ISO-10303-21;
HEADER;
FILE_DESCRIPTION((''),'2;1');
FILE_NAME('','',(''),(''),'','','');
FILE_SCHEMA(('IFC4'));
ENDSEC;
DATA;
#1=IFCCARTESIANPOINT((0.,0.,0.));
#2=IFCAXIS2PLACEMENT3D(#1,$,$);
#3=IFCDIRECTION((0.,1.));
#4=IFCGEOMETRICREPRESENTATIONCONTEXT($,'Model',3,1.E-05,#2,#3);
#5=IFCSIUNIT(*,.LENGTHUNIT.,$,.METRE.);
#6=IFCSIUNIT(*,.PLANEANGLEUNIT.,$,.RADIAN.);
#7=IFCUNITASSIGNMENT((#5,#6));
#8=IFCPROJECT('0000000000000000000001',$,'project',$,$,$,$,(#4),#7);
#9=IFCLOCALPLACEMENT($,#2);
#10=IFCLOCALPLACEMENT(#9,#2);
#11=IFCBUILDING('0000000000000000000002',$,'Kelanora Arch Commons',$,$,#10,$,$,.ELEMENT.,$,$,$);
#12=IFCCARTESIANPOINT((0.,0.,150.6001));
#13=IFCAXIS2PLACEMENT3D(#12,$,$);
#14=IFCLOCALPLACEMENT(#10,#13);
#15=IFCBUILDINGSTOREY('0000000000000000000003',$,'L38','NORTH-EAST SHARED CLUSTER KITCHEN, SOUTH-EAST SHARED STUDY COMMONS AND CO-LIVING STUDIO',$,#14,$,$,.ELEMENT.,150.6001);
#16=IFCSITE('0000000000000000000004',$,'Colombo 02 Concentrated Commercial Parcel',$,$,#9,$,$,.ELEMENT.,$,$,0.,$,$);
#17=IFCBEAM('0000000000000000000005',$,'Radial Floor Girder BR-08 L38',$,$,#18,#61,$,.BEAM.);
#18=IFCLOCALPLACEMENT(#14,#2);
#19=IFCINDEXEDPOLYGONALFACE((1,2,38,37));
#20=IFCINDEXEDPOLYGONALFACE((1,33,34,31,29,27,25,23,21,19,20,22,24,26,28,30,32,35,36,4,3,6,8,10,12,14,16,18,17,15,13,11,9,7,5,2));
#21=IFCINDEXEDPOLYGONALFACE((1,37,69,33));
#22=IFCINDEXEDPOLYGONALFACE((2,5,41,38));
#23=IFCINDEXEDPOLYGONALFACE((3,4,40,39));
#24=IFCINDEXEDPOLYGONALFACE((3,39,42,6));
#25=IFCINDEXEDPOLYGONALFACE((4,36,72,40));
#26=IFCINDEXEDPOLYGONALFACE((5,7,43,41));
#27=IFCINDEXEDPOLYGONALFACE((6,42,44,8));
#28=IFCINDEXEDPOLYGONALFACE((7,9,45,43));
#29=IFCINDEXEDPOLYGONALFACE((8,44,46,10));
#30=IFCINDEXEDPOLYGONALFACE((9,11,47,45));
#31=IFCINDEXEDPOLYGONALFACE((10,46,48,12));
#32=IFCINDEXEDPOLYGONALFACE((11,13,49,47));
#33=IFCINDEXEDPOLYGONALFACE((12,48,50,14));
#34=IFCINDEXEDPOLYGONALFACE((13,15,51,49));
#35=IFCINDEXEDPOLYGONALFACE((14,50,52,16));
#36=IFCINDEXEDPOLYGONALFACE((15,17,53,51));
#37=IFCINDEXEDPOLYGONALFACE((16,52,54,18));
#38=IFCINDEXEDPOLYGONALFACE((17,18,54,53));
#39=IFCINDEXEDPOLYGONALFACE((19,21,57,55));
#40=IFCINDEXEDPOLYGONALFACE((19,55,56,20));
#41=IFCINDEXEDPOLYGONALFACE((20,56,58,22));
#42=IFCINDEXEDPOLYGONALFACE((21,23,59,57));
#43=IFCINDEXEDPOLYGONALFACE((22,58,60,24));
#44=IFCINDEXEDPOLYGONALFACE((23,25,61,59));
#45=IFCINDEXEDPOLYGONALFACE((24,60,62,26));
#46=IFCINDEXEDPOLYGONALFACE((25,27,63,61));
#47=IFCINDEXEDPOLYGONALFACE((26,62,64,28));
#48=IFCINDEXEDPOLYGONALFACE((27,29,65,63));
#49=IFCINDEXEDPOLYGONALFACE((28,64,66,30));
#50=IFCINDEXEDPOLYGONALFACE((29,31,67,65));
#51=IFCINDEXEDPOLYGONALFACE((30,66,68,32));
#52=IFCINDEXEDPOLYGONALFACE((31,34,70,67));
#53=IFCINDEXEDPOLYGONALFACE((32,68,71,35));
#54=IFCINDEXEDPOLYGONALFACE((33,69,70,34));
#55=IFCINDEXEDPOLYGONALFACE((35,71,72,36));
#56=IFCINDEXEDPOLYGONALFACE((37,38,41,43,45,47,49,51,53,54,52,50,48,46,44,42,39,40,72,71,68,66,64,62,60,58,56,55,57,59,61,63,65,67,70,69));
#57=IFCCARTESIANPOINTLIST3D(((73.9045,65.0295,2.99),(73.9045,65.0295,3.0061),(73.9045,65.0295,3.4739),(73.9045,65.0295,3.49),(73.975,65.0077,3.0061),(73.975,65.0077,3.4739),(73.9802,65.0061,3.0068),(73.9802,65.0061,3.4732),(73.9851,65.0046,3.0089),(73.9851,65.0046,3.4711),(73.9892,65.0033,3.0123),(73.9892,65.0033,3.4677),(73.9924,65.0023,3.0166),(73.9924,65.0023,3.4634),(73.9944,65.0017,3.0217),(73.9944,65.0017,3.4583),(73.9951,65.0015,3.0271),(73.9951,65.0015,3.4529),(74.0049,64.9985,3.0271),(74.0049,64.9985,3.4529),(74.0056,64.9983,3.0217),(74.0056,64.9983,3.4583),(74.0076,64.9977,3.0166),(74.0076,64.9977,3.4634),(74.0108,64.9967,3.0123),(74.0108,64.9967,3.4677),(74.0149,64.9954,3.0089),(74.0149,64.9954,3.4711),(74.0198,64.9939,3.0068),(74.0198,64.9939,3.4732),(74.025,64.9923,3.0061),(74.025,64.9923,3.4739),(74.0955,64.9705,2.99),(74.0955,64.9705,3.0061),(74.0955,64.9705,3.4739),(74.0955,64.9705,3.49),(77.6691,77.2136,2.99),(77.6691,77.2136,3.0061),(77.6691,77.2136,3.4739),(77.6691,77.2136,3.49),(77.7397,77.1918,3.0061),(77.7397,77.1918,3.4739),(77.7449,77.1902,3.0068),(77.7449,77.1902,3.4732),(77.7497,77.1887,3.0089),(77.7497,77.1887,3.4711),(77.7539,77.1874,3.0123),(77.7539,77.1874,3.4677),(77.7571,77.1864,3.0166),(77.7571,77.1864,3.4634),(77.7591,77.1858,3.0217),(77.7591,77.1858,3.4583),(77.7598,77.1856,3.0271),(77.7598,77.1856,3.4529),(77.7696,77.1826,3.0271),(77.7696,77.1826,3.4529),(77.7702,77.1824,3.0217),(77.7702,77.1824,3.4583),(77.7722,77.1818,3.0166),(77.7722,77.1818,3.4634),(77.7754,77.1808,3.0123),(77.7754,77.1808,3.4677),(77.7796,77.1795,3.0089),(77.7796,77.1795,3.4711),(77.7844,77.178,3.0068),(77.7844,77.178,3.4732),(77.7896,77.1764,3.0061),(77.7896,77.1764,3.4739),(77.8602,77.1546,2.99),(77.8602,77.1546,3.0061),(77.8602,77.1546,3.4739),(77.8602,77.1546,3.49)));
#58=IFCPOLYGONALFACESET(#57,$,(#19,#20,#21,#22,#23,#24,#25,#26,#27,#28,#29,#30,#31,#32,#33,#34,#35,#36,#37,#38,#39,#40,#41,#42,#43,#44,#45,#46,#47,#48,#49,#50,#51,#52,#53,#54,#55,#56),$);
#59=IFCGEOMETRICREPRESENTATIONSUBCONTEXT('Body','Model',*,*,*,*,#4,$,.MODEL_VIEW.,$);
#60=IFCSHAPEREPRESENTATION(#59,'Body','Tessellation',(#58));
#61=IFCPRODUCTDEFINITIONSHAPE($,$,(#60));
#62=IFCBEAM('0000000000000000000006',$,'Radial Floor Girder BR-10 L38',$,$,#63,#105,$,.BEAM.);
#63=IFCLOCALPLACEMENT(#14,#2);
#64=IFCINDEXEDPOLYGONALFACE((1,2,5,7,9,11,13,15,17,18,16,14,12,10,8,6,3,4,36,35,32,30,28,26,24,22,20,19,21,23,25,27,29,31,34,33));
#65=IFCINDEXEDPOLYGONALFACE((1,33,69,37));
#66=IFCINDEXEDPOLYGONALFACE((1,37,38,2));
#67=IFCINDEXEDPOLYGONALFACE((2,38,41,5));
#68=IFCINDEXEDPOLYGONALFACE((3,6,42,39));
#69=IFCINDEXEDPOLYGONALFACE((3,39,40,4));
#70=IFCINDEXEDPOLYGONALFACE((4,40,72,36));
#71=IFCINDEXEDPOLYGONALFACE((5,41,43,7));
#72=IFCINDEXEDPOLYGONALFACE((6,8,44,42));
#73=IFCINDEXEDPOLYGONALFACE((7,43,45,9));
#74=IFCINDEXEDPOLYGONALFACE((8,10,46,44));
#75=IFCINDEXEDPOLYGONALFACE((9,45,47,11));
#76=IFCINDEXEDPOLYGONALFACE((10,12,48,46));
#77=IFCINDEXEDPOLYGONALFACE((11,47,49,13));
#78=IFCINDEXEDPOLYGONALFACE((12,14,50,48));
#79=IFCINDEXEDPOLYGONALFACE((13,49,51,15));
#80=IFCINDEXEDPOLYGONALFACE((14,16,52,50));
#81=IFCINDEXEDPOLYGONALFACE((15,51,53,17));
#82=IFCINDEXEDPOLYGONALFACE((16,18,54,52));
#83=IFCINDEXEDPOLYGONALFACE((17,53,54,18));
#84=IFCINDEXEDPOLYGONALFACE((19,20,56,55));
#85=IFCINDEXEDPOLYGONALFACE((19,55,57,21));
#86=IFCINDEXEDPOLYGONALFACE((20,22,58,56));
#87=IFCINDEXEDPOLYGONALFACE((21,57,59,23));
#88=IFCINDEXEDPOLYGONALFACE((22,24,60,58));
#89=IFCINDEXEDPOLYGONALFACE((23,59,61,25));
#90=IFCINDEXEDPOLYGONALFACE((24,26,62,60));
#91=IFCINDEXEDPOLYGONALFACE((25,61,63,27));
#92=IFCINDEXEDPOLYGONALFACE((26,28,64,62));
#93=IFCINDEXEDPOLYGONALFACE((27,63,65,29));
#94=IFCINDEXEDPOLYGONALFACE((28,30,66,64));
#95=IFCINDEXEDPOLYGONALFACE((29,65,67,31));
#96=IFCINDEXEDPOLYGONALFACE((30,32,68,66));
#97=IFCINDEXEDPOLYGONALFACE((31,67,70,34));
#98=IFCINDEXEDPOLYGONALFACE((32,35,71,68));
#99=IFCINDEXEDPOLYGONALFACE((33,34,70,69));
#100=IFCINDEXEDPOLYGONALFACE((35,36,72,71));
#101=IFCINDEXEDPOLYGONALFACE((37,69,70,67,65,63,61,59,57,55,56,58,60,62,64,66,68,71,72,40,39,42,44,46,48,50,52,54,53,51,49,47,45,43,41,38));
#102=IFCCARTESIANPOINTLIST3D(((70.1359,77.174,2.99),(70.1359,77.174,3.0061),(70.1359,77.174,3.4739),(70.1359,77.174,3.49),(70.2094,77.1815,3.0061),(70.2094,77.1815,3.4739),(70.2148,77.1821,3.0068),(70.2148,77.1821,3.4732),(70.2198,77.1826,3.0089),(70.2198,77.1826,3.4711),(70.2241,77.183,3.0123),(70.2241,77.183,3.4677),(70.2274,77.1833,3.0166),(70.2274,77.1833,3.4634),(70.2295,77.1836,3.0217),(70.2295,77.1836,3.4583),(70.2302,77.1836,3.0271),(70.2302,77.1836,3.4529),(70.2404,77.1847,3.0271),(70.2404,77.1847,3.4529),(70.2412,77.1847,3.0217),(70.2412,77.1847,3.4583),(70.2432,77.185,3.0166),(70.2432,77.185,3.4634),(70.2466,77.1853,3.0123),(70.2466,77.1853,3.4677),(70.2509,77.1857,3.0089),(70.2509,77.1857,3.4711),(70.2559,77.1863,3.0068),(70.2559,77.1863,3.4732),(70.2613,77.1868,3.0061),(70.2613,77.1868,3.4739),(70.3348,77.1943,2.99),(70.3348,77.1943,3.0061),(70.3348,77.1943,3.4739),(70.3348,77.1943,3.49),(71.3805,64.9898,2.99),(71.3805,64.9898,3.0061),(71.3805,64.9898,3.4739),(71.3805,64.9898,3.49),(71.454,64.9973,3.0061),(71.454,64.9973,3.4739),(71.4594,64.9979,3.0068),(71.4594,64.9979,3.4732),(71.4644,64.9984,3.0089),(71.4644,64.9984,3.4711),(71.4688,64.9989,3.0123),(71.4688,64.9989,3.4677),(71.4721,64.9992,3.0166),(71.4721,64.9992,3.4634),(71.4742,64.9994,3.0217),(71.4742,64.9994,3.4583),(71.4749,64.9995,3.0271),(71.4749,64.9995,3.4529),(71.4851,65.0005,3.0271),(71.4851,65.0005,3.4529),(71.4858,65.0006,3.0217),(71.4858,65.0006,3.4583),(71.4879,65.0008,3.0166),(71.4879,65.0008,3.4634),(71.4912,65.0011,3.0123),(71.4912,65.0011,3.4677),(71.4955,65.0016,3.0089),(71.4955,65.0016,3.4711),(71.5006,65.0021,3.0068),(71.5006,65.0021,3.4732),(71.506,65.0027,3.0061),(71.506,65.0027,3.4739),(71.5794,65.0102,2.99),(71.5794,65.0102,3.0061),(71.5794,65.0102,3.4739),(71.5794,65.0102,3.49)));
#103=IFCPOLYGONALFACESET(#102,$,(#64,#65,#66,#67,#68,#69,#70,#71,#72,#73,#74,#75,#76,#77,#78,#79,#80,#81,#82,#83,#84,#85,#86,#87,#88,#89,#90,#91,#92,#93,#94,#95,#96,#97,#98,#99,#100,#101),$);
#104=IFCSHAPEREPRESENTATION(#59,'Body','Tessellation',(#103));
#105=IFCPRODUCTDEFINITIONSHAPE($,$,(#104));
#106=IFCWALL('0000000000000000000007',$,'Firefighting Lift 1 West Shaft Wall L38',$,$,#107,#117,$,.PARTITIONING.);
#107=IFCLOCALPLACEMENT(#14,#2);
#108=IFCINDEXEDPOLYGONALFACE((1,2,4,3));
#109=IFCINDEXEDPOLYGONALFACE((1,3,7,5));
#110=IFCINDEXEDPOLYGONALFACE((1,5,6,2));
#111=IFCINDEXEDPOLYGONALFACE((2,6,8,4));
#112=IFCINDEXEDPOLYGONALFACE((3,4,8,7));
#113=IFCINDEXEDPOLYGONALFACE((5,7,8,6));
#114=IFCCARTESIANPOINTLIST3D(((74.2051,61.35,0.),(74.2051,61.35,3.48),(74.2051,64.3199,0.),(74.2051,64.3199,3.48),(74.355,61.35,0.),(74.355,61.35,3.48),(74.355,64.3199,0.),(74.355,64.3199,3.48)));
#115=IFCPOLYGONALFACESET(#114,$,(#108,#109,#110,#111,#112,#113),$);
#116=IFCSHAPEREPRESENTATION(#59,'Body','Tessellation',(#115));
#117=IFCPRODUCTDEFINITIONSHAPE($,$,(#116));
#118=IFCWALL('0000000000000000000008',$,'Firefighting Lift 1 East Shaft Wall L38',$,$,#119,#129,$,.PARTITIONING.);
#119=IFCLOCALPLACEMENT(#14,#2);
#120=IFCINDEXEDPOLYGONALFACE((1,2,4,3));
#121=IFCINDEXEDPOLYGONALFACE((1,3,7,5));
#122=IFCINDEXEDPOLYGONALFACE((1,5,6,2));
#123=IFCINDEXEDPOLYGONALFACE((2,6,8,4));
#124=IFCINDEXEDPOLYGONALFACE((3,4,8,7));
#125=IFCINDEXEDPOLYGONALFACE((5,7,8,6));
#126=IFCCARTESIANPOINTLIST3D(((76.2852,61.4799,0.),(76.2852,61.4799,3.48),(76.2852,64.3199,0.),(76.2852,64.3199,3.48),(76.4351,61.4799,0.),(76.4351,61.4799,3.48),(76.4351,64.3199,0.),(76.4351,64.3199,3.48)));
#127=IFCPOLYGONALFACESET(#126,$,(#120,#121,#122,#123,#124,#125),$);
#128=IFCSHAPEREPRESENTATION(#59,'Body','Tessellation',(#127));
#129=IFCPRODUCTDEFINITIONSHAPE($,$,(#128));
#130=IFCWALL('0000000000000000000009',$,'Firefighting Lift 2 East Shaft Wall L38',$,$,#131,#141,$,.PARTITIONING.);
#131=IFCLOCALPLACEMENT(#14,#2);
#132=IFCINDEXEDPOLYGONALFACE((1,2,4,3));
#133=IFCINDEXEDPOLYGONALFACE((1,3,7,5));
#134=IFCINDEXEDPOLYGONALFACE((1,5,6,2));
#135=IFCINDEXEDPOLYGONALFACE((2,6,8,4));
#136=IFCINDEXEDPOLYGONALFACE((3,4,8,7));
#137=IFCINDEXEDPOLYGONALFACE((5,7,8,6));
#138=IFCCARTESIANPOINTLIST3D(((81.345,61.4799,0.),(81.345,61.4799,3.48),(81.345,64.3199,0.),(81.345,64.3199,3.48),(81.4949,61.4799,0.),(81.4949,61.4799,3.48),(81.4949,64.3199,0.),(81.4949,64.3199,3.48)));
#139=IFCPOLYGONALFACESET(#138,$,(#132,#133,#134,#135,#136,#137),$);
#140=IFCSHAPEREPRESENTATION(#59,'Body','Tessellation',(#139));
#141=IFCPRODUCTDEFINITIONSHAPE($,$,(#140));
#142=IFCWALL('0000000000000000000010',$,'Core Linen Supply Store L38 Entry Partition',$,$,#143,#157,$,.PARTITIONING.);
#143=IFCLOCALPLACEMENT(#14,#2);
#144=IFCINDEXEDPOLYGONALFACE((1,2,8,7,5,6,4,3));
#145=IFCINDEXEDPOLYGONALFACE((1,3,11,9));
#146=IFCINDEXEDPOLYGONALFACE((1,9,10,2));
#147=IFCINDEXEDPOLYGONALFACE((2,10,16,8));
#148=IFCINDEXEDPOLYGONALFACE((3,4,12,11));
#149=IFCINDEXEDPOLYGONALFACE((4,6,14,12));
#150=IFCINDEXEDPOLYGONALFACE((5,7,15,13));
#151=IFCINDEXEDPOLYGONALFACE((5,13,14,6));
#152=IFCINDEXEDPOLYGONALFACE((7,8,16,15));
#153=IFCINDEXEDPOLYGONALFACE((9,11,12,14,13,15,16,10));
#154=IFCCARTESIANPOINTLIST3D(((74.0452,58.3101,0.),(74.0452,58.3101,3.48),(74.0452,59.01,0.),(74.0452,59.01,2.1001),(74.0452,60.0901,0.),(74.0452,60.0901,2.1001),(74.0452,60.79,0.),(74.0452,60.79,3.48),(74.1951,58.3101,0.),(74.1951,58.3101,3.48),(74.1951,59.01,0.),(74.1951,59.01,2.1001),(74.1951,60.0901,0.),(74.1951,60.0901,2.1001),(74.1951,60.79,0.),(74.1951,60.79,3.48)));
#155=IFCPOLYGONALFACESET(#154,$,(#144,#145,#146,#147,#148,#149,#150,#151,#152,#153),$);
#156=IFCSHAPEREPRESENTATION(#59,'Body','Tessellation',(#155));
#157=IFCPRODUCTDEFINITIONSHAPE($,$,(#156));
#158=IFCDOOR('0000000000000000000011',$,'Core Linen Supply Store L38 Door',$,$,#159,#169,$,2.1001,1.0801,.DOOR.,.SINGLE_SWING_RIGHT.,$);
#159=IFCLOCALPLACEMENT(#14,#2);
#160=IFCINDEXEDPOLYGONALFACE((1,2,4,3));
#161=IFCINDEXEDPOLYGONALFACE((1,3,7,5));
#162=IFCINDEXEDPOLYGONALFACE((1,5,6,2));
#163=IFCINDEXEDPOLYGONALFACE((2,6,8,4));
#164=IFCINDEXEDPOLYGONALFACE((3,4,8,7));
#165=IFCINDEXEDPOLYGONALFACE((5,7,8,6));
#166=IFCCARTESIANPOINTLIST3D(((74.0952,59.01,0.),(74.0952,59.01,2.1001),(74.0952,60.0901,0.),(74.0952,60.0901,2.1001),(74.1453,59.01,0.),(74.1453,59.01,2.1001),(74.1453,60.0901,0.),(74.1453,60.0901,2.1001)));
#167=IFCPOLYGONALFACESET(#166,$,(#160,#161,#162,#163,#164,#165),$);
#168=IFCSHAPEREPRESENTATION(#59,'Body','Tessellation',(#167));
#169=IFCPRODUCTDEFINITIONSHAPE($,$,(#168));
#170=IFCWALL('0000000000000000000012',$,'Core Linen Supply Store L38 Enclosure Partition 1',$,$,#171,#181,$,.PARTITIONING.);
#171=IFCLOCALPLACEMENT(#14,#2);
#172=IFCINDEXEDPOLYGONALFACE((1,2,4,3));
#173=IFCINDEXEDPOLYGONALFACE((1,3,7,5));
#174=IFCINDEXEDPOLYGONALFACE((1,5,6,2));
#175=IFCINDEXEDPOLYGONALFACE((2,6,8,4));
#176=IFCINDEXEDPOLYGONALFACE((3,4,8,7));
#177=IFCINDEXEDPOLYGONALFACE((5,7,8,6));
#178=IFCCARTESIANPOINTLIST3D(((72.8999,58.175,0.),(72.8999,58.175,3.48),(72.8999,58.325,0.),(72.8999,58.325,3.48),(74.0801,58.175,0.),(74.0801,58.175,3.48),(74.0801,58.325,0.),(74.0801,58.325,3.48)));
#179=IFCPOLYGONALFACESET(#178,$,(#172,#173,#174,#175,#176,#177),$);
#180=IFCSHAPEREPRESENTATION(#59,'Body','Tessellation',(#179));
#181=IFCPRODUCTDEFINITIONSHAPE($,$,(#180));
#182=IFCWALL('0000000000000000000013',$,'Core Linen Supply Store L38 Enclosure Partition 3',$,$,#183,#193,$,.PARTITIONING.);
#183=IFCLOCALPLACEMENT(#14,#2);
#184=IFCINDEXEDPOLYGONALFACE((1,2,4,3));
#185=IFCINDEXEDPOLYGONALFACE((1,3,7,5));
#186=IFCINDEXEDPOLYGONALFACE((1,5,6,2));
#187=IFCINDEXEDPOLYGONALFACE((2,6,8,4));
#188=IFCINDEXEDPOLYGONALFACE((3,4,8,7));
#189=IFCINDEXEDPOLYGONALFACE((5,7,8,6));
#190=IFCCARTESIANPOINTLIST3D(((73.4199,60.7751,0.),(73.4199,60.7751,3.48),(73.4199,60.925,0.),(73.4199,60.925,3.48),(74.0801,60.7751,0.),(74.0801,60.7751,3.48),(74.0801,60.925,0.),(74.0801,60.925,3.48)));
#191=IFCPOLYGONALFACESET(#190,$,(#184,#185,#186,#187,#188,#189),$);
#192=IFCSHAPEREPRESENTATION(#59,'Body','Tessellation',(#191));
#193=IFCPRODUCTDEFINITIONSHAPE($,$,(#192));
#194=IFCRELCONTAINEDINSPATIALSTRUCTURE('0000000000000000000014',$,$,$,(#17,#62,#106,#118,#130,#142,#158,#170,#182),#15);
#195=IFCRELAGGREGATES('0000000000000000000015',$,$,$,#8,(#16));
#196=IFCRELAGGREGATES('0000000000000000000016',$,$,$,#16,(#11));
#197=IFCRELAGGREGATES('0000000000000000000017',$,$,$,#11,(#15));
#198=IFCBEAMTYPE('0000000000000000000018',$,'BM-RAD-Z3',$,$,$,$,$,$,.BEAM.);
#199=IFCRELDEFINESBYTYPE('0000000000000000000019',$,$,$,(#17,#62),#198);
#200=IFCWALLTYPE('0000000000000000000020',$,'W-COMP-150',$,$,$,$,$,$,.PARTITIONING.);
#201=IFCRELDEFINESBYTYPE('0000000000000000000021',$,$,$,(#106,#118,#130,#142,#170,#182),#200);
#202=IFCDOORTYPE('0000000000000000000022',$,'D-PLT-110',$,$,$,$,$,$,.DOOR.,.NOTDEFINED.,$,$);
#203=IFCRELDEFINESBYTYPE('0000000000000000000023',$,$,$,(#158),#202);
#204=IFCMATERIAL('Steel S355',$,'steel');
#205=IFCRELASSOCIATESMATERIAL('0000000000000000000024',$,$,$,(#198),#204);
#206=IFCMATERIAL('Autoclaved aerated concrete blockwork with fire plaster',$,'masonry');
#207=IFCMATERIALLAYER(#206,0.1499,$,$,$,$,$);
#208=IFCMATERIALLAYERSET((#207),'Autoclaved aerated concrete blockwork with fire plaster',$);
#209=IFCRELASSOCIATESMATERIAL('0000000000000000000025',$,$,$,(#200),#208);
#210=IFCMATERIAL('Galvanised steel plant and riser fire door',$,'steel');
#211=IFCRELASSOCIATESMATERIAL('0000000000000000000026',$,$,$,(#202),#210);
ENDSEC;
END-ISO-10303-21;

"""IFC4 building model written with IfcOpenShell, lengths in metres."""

from ifc_helpers import new_model, si_unit, direction, frame, frame_2d, origin, origin_2d, place, context, subcontext, project, spatial, rectangle, i_section, extrude, material, layer, layer_set, material_profile, profile_set, type_object, element, fill, save


model = new_model("IFC4")

# Units and contexts
model_context = context("Model", 3, precision=1e-05, world=origin(), true_north=direction((0.0, 1.0)))
body_context = subcontext(model_context, "Body", "Model", "MODEL_VIEW")
ifc_project = project(units=[si_unit("LENGTHUNIT", "METRE"), si_unit("PLANEANGLEUNIT", "RADIAN")], contexts=[model_context])

# Site, building, storey
site_placement = place(None, origin())
site = spatial("IfcSite", under=ifc_project, at=site_placement, Name="Colombo 02 Concentrated Commercial Parcel", CompositionType="ELEMENT", RefElevation=0.0)
building_placement = place(site_placement, origin())
building = spatial("IfcBuilding", under=site, at=building_placement, Name="Kelanora Arch Commons", CompositionType="ELEMENT")
storey_placement = place(building_placement, frame((0.0, 0.0, 150.6001)))
storey = spatial("IfcBuildingStorey", under=building, at=storey_placement, Name="L38", Description="NORTH-EAST SHARED CLUSTER KITCHEN, SOUTH-EAST SHARED STUDY COMMONS AND CO-LIVING STUDIO", CompositionType="ELEMENT", Elevation=150.6001)

# Beams
ifc_material_1 = material(Name="Steel S355", Category="steel")
ifc_material_profile_1 = material_profile(ifc_material_1, i_section(OverallWidth=0.2, OverallDepth=0.5, WebThickness=0.0103, FlangeThickness=0.0161, FilletRadius=0.021, at=origin_2d()), Name="IPE500")
ifc_profile_set_1 = profile_set([ifc_material_profile_1], Name="Steel S355")
beam_type_1 = type_object("IfcBeamType", Name="BM-RAD-Z3", PredefinedType="BEAM", material=ifc_profile_set_1)
beam_1_placement = place(storey_placement, frame((74.0, 65.0, 3.24), z_axis=(0.29521, 0.955432, 0.0), x_axis=(-0.955432, 0.29521, 0.0)))
element("IfcBeam", 1, at=beam_1_placement, inside=storey, type_object=beam_type_1, Name="Radial Floor Girder BR-08 L38", PredefinedType="BEAM", context=body_context, shape_type="SweptSolid", body=[
    extrude(i_section(OverallWidth=0.2, OverallDepth=0.5, WebThickness=0.0103, FlangeThickness=0.0161, FilletRadius=0.021, at=origin_2d()), origin(), (0.0, 0.0, 1.0), 12.7524),
])
beam_2_placement = place(storey_placement, frame((71.48, 65.0, 3.24), z_axis=(-0.101623, 0.994823, 0.0), x_axis=(-0.994823, -0.101623, 0.0)))
element("IfcBeam", 2, at=beam_2_placement, inside=storey, type_object=beam_type_1, Name="Radial Floor Girder BR-10 L38", PredefinedType="BEAM", context=body_context, shape_type="SweptSolid", body=[
    extrude(i_section(OverallWidth=0.2, OverallDepth=0.5, WebThickness=0.0103, FlangeThickness=0.0161, FilletRadius=0.021, at=origin_2d()), origin(), (0.0, 0.0, 1.0), 12.2476),
])

# Walls
ifc_material_2 = material(Name="Autoclaved aerated concrete blockwork with fire plaster", Category="masonry")
ifc_layer_1 = layer(ifc_material_2, 0.1499)
ifc_layer_set_1 = layer_set([ifc_layer_1], Name="Autoclaved aerated concrete blockwork with fire plaster")
wall_type_1 = type_object("IfcWallType", Name="W-COMP-150", PredefinedType="PARTITIONING", material=ifc_layer_set_1)
wall_1_placement = place(storey_placement, frame((74.28, 61.3501, 0.0), z_axis=(0.0, 0.0, 1.0), x_axis=(0.0, 1.0, 0.0)))
element("IfcWall", 3, at=wall_1_placement, inside=storey, type_object=wall_type_1, Name="Firefighting Lift 1 West Shaft Wall L38", PredefinedType="PARTITIONING", context=body_context, shape_type="SweptSolid", body=[
    extrude(rectangle(XDim=2.97, YDim=0.1499, at=frame_2d((1.4849, 0.0))), origin(), (0.0, 0.0, 1.0), 3.48),
])
for number, where, z_axis, x_axis, name in (
    (4, (76.3601, 61.48, 0.0), (0.0, 0.0, 1.0), (0.0, 1.0, 0.0), "Firefighting Lift 1 East Shaft Wall L38"),
    (5, (81.4199, 61.48, 0.0), (0.0, 0.0, 1.0), (0.0, 1.0, 0.0), "Firefighting Lift 2 East Shaft Wall L38"),
):
    element("IfcWall", number, at=place(storey_placement, frame(where, z_axis=z_axis, x_axis=x_axis)), inside=storey, type_object=wall_type_1, Name=name, PredefinedType="PARTITIONING", context=body_context, shape_type="SweptSolid", body=[
        extrude(rectangle(XDim=2.8401, YDim=0.1499, at=frame_2d((1.4199, 0.0))), origin(), (0.0, 0.0, 1.0), 3.48),
    ])

# Wall, opening, door
wall_2_placement = place(storey_placement, frame((74.1201, 58.3101, 0.0), z_axis=(0.0, 0.0, 1.0), x_axis=(0.0, 1.0, 0.0)))
wall_2 = element("IfcWall", 6, at=wall_2_placement, inside=storey, type_object=wall_type_1, Name="Core Linen Supply Store L38 Entry Partition", PredefinedType="PARTITIONING", context=body_context, shape_type="SweptSolid", body=[
    extrude(rectangle(XDim=2.48, YDim=0.1499, at=frame_2d((1.24, 0.0))), origin(), (0.0, 0.0, 1.0), 3.48),
])
opening_1_placement = place(wall_2_placement, frame((0.7, 0.0, 0.0)))
opening_1 = element("IfcOpeningElement", 7, at=opening_1_placement, cuts=wall_2, PredefinedType="OPENING", context=body_context, shape_type="SweptSolid", body=[
    extrude(rectangle(XDim=1.0801, YDim=2.1001, at=frame_2d((0.54, 1.05))), frame((0.0, 0.085, 0.0), z_axis=(0.0, -1.0, 0.0), x_axis=(1.0, 0.0, 0.0)), (0.0, 0.0, 1.0), 0.1699),
])
ifc_material_3 = material(Name="Galvanised steel plant and riser fire door", Category="steel")
door_type_1 = type_object("IfcDoorType", Name="D-PLT-110", OperationType="NOTDEFINED", PredefinedType="DOOR", material=ifc_material_3)
door_1_placement = place(opening_1_placement, origin())
door_1 = element("IfcDoor", 8, at=door_1_placement, inside=storey, type_object=door_type_1, Name="Core Linen Supply Store L38 Door", OperationType="SINGLE_SWING_RIGHT", OverallHeight=2.1001, OverallWidth=1.0801, PredefinedType="DOOR", context=body_context, shape_type="SweptSolid", body=[
    extrude(rectangle(XDim=1.0801, YDim=2.1001, at=frame_2d((0.54, 1.05))), frame((0.0, 0.0249, 0.0), z_axis=(0.0, -1.0, 0.0), x_axis=(1.0, 0.0, 0.0)), (0.0, 0.0, 1.0), 0.05),
])
fill(opening_1, door_1)

# Walls
wall_3_placement = place(storey_placement, frame((72.8999, 58.25, 0.0), z_axis=(0.0, 0.0, 1.0), x_axis=(1.0, 0.0, 0.0)))
element("IfcWall", 9, at=wall_3_placement, inside=storey, type_object=wall_type_1, Name="Core Linen Supply Store L38 Enclosure Partition 1", PredefinedType="PARTITIONING", context=body_context, shape_type="SweptSolid", body=[
    extrude(rectangle(XDim=1.1802, YDim=0.1499, at=frame_2d((0.5901, 0.0))), origin(), (0.0, 0.0, 1.0), 3.48),
])
wall_4_placement = place(storey_placement, frame((74.0801, 60.8501, 0.0), z_axis=(0.0, 0.0, 1.0), x_axis=(-1.0, 0.0, 0.0)))
element("IfcWall", 10, at=wall_4_placement, inside=storey, type_object=wall_type_1, Name="Core Linen Supply Store L38 Enclosure Partition 3", PredefinedType="PARTITIONING", context=body_context, shape_type="SweptSolid", body=[
    extrude(rectangle(XDim=0.6602, YDim=0.1499, at=frame_2d((0.3301, 0.0))), origin(), (0.0, 0.0, 1.0), 3.48),
])

save(model, "model.ifc")
